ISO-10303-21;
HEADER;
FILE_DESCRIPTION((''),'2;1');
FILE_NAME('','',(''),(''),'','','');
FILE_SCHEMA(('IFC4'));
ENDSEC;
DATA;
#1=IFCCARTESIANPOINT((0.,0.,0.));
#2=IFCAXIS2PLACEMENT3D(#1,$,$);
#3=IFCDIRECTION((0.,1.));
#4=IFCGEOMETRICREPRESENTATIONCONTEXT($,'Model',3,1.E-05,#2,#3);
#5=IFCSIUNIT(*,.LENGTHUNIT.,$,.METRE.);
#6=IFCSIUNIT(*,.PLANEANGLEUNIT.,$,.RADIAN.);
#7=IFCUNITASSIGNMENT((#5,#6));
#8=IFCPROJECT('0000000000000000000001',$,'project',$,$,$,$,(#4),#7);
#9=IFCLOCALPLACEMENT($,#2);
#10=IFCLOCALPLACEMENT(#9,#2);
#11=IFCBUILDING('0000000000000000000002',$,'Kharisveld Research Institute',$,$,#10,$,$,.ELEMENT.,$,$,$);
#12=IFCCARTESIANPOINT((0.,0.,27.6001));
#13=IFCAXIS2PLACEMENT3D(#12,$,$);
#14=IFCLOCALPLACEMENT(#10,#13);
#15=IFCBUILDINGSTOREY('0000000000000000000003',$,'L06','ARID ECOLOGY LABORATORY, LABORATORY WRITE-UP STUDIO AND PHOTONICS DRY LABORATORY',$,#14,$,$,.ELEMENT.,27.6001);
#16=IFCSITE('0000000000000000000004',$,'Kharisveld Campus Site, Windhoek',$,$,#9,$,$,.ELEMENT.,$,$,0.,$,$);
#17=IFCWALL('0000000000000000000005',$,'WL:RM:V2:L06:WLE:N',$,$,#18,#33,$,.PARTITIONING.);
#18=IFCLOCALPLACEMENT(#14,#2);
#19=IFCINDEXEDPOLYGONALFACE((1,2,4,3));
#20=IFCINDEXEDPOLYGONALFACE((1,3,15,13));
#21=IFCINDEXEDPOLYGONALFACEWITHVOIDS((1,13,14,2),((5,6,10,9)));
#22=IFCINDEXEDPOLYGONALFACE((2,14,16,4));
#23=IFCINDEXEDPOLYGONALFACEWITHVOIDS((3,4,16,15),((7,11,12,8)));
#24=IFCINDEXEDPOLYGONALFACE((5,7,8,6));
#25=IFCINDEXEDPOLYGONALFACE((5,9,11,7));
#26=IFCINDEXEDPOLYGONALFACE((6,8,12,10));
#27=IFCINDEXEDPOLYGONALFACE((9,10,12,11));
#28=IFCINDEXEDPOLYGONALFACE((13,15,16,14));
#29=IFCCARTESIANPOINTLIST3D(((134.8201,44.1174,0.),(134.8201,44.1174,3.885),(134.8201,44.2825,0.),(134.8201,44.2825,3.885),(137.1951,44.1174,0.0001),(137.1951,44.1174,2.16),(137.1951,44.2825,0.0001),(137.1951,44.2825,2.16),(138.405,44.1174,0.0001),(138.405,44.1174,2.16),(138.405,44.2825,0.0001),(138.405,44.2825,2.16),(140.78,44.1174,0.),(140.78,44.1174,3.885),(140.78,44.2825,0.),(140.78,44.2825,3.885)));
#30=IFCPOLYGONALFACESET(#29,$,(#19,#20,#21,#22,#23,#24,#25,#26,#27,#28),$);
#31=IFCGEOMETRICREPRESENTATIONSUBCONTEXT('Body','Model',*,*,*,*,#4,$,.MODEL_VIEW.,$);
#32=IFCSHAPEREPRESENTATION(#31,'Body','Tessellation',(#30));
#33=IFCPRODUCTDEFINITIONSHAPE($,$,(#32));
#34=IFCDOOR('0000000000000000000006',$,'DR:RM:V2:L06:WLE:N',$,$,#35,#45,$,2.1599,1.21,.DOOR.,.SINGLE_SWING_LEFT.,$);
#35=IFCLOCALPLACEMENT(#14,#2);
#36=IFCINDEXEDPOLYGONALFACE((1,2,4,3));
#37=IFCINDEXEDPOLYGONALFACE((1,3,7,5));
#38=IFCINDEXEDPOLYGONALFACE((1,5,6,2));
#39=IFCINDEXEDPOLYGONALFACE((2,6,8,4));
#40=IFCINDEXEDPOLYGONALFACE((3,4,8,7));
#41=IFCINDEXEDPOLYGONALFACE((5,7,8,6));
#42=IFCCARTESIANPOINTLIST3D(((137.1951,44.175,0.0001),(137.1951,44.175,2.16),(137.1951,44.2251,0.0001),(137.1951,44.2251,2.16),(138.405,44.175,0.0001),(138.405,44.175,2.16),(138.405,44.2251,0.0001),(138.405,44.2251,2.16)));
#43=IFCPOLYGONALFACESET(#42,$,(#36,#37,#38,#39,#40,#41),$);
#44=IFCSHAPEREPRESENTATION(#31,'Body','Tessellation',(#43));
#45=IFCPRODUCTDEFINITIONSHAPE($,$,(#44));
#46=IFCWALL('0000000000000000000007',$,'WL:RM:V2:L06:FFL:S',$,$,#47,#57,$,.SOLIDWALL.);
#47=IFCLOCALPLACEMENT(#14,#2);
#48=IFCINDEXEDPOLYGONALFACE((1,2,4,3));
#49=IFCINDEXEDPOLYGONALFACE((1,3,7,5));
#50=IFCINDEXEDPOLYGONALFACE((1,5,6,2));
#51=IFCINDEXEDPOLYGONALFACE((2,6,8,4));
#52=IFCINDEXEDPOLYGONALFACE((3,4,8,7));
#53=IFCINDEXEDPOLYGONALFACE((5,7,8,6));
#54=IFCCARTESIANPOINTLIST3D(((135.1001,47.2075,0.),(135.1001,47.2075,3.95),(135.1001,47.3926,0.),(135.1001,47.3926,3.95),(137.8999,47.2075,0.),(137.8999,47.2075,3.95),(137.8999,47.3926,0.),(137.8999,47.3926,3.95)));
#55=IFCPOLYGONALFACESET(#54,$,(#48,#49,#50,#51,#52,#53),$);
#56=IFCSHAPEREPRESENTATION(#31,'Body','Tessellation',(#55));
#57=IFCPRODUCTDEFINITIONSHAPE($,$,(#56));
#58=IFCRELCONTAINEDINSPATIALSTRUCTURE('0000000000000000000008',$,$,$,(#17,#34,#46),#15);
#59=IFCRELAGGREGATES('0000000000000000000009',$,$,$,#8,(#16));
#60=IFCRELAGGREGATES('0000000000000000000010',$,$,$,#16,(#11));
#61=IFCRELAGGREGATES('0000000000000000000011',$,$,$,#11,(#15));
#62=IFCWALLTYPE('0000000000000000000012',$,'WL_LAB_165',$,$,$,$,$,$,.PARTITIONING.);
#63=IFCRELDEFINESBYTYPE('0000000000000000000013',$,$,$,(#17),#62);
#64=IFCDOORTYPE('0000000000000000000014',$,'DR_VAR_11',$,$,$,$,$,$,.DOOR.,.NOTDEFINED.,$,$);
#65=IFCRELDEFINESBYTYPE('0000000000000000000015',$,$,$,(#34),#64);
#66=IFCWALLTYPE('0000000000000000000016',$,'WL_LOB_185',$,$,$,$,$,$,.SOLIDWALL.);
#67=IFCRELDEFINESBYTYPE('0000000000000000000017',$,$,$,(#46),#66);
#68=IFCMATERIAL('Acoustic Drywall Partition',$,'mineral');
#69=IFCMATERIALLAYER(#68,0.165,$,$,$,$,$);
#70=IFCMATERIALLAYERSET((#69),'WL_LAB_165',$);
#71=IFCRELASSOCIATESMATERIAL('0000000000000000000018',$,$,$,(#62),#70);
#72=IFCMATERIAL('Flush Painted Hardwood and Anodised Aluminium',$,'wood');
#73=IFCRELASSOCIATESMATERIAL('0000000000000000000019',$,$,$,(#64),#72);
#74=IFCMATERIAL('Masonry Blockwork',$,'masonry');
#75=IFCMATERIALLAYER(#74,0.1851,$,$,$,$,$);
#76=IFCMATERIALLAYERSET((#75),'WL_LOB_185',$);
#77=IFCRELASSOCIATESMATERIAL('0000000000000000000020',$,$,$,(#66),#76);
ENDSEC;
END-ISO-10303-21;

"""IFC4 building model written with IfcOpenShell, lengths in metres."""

from ifc_helpers import new_model, si_unit, direction, frame, frame_2d, origin, place, context, subcontext, project, spatial, rectangle, extrude, material, layer, layer_set, type_object, element, fill, save


model = new_model("IFC4")

# Units and contexts
model_context = context("Model", 3, precision=1e-05, world=origin(), true_north=direction((0.0, 1.0)))
body_context = subcontext(model_context, "Body", "Model", "MODEL_VIEW")
ifc_project = project(units=[si_unit("LENGTHUNIT", "METRE"), si_unit("PLANEANGLEUNIT", "RADIAN")], contexts=[model_context])

# Site, building, storey
site_placement = place(None, origin())
site = spatial("IfcSite", under=ifc_project, at=site_placement, Name="Kharisveld Campus Site, Windhoek", CompositionType="ELEMENT", RefElevation=0.0)
building_placement = place(site_placement, origin())
building = spatial("IfcBuilding", under=site, at=building_placement, Name="Kharisveld Research Institute", CompositionType="ELEMENT")
storey_placement = place(building_placement, frame((0.0, 0.0, 27.6001)))
storey = spatial("IfcBuildingStorey", under=building, at=storey_placement, Name="L06", Description="ARID ECOLOGY LABORATORY, LABORATORY WRITE-UP STUDIO AND PHOTONICS DRY LABORATORY", CompositionType="ELEMENT", Elevation=27.6001)

# Shared definitions
ifc_material_1 = material(Name="Acoustic Drywall Partition", Category="mineral")
ifc_layer_1 = layer(ifc_material_1, 0.165)
ifc_layer_set_1 = layer_set([ifc_layer_1], Name="WL_LAB_165")
wall_type_1 = type_object("IfcWallType", Name="WL_LAB_165", PredefinedType="PARTITIONING", material=ifc_layer_set_1)

# Wall, opening, door
wall_1_placement = place(storey_placement, frame((140.78, 44.2, 0.0), z_axis=(0.0, 0.0, 1.0), x_axis=(-1.0, 0.0, 0.0)))
wall_1 = element("IfcWall", 1, at=wall_1_placement, inside=storey, type_object=wall_type_1, Name="WL:RM:V2:L06:WLE:N", PredefinedType="PARTITIONING", context=body_context, shape_type="SweptSolid", body=[
    extrude(rectangle(XDim=5.96, YDim=0.165, at=frame_2d((2.98, 0.0))), origin(), (0.0, 0.0, 1.0), 3.885),
])
opening_1_placement = place(wall_1_placement, frame((2.375, 0.0, 0.0)))
opening_1 = element("IfcOpeningElement", 2, at=opening_1_placement, cuts=wall_1, PredefinedType="OPENING", context=body_context, shape_type="SweptSolid", body=[
    extrude(rectangle(XDim=1.21, YDim=2.1599, at=frame_2d((0.605, 1.0801))), frame((0.0, 0.0825, 0.0), z_axis=(0.0, -1.0, 0.0), x_axis=(1.0, 0.0, 0.0)), (0.0, 0.0, 1.0), 0.165),
])
ifc_material_2 = material(Name="Flush Painted Hardwood and Anodised Aluminium", Category="wood")
door_type_1 = type_object("IfcDoorType", Name="DR_VAR_11", OperationType="NOTDEFINED", PredefinedType="DOOR", material=ifc_material_2)
door_1_placement = place(opening_1_placement, origin())
door_1 = element("IfcDoor", 3, at=door_1_placement, inside=storey, type_object=door_type_1, Name="DR:RM:V2:L06:WLE:N", OperationType="SINGLE_SWING_LEFT", OverallHeight=2.1599, OverallWidth=1.21, PredefinedType="DOOR", context=body_context, shape_type="SweptSolid", body=[
    extrude(rectangle(XDim=1.21, YDim=2.1599, at=frame_2d((0.605, 1.0801))), frame((0.0, 0.0249, 0.0), z_axis=(0.0, -1.0, 0.0), x_axis=(1.0, 0.0, 0.0)), (0.0, 0.0, 1.0), 0.05),
])
fill(opening_1, door_1)

# Wall
ifc_material_3 = material(Name="Masonry Blockwork", Category="masonry")
ifc_layer_2 = layer(ifc_material_3, 0.1851)
ifc_layer_set_2 = layer_set([ifc_layer_2], Name="WL_LOB_185")
wall_type_2 = type_object("IfcWallType", Name="WL_LOB_185", PredefinedType="SOLIDWALL", material=ifc_layer_set_2)
wall_2_placement = place(storey_placement, frame((135.1001, 47.3, 0.0), z_axis=(0.0, 0.0, 1.0), x_axis=(1.0, 0.0, 0.0)))
element("IfcWall", 4, at=wall_2_placement, inside=storey, type_object=wall_type_2, Name="WL:RM:V2:L06:FFL:S", PredefinedType="SOLIDWALL", context=body_context, shape_type="SweptSolid", body=[
    extrude(rectangle(XDim=2.7998, YDim=0.1851, at=frame_2d((1.3999, 0.0))), origin(), (0.0, 0.0, 1.0), 3.95),
])

save(model, "model.ifc")
